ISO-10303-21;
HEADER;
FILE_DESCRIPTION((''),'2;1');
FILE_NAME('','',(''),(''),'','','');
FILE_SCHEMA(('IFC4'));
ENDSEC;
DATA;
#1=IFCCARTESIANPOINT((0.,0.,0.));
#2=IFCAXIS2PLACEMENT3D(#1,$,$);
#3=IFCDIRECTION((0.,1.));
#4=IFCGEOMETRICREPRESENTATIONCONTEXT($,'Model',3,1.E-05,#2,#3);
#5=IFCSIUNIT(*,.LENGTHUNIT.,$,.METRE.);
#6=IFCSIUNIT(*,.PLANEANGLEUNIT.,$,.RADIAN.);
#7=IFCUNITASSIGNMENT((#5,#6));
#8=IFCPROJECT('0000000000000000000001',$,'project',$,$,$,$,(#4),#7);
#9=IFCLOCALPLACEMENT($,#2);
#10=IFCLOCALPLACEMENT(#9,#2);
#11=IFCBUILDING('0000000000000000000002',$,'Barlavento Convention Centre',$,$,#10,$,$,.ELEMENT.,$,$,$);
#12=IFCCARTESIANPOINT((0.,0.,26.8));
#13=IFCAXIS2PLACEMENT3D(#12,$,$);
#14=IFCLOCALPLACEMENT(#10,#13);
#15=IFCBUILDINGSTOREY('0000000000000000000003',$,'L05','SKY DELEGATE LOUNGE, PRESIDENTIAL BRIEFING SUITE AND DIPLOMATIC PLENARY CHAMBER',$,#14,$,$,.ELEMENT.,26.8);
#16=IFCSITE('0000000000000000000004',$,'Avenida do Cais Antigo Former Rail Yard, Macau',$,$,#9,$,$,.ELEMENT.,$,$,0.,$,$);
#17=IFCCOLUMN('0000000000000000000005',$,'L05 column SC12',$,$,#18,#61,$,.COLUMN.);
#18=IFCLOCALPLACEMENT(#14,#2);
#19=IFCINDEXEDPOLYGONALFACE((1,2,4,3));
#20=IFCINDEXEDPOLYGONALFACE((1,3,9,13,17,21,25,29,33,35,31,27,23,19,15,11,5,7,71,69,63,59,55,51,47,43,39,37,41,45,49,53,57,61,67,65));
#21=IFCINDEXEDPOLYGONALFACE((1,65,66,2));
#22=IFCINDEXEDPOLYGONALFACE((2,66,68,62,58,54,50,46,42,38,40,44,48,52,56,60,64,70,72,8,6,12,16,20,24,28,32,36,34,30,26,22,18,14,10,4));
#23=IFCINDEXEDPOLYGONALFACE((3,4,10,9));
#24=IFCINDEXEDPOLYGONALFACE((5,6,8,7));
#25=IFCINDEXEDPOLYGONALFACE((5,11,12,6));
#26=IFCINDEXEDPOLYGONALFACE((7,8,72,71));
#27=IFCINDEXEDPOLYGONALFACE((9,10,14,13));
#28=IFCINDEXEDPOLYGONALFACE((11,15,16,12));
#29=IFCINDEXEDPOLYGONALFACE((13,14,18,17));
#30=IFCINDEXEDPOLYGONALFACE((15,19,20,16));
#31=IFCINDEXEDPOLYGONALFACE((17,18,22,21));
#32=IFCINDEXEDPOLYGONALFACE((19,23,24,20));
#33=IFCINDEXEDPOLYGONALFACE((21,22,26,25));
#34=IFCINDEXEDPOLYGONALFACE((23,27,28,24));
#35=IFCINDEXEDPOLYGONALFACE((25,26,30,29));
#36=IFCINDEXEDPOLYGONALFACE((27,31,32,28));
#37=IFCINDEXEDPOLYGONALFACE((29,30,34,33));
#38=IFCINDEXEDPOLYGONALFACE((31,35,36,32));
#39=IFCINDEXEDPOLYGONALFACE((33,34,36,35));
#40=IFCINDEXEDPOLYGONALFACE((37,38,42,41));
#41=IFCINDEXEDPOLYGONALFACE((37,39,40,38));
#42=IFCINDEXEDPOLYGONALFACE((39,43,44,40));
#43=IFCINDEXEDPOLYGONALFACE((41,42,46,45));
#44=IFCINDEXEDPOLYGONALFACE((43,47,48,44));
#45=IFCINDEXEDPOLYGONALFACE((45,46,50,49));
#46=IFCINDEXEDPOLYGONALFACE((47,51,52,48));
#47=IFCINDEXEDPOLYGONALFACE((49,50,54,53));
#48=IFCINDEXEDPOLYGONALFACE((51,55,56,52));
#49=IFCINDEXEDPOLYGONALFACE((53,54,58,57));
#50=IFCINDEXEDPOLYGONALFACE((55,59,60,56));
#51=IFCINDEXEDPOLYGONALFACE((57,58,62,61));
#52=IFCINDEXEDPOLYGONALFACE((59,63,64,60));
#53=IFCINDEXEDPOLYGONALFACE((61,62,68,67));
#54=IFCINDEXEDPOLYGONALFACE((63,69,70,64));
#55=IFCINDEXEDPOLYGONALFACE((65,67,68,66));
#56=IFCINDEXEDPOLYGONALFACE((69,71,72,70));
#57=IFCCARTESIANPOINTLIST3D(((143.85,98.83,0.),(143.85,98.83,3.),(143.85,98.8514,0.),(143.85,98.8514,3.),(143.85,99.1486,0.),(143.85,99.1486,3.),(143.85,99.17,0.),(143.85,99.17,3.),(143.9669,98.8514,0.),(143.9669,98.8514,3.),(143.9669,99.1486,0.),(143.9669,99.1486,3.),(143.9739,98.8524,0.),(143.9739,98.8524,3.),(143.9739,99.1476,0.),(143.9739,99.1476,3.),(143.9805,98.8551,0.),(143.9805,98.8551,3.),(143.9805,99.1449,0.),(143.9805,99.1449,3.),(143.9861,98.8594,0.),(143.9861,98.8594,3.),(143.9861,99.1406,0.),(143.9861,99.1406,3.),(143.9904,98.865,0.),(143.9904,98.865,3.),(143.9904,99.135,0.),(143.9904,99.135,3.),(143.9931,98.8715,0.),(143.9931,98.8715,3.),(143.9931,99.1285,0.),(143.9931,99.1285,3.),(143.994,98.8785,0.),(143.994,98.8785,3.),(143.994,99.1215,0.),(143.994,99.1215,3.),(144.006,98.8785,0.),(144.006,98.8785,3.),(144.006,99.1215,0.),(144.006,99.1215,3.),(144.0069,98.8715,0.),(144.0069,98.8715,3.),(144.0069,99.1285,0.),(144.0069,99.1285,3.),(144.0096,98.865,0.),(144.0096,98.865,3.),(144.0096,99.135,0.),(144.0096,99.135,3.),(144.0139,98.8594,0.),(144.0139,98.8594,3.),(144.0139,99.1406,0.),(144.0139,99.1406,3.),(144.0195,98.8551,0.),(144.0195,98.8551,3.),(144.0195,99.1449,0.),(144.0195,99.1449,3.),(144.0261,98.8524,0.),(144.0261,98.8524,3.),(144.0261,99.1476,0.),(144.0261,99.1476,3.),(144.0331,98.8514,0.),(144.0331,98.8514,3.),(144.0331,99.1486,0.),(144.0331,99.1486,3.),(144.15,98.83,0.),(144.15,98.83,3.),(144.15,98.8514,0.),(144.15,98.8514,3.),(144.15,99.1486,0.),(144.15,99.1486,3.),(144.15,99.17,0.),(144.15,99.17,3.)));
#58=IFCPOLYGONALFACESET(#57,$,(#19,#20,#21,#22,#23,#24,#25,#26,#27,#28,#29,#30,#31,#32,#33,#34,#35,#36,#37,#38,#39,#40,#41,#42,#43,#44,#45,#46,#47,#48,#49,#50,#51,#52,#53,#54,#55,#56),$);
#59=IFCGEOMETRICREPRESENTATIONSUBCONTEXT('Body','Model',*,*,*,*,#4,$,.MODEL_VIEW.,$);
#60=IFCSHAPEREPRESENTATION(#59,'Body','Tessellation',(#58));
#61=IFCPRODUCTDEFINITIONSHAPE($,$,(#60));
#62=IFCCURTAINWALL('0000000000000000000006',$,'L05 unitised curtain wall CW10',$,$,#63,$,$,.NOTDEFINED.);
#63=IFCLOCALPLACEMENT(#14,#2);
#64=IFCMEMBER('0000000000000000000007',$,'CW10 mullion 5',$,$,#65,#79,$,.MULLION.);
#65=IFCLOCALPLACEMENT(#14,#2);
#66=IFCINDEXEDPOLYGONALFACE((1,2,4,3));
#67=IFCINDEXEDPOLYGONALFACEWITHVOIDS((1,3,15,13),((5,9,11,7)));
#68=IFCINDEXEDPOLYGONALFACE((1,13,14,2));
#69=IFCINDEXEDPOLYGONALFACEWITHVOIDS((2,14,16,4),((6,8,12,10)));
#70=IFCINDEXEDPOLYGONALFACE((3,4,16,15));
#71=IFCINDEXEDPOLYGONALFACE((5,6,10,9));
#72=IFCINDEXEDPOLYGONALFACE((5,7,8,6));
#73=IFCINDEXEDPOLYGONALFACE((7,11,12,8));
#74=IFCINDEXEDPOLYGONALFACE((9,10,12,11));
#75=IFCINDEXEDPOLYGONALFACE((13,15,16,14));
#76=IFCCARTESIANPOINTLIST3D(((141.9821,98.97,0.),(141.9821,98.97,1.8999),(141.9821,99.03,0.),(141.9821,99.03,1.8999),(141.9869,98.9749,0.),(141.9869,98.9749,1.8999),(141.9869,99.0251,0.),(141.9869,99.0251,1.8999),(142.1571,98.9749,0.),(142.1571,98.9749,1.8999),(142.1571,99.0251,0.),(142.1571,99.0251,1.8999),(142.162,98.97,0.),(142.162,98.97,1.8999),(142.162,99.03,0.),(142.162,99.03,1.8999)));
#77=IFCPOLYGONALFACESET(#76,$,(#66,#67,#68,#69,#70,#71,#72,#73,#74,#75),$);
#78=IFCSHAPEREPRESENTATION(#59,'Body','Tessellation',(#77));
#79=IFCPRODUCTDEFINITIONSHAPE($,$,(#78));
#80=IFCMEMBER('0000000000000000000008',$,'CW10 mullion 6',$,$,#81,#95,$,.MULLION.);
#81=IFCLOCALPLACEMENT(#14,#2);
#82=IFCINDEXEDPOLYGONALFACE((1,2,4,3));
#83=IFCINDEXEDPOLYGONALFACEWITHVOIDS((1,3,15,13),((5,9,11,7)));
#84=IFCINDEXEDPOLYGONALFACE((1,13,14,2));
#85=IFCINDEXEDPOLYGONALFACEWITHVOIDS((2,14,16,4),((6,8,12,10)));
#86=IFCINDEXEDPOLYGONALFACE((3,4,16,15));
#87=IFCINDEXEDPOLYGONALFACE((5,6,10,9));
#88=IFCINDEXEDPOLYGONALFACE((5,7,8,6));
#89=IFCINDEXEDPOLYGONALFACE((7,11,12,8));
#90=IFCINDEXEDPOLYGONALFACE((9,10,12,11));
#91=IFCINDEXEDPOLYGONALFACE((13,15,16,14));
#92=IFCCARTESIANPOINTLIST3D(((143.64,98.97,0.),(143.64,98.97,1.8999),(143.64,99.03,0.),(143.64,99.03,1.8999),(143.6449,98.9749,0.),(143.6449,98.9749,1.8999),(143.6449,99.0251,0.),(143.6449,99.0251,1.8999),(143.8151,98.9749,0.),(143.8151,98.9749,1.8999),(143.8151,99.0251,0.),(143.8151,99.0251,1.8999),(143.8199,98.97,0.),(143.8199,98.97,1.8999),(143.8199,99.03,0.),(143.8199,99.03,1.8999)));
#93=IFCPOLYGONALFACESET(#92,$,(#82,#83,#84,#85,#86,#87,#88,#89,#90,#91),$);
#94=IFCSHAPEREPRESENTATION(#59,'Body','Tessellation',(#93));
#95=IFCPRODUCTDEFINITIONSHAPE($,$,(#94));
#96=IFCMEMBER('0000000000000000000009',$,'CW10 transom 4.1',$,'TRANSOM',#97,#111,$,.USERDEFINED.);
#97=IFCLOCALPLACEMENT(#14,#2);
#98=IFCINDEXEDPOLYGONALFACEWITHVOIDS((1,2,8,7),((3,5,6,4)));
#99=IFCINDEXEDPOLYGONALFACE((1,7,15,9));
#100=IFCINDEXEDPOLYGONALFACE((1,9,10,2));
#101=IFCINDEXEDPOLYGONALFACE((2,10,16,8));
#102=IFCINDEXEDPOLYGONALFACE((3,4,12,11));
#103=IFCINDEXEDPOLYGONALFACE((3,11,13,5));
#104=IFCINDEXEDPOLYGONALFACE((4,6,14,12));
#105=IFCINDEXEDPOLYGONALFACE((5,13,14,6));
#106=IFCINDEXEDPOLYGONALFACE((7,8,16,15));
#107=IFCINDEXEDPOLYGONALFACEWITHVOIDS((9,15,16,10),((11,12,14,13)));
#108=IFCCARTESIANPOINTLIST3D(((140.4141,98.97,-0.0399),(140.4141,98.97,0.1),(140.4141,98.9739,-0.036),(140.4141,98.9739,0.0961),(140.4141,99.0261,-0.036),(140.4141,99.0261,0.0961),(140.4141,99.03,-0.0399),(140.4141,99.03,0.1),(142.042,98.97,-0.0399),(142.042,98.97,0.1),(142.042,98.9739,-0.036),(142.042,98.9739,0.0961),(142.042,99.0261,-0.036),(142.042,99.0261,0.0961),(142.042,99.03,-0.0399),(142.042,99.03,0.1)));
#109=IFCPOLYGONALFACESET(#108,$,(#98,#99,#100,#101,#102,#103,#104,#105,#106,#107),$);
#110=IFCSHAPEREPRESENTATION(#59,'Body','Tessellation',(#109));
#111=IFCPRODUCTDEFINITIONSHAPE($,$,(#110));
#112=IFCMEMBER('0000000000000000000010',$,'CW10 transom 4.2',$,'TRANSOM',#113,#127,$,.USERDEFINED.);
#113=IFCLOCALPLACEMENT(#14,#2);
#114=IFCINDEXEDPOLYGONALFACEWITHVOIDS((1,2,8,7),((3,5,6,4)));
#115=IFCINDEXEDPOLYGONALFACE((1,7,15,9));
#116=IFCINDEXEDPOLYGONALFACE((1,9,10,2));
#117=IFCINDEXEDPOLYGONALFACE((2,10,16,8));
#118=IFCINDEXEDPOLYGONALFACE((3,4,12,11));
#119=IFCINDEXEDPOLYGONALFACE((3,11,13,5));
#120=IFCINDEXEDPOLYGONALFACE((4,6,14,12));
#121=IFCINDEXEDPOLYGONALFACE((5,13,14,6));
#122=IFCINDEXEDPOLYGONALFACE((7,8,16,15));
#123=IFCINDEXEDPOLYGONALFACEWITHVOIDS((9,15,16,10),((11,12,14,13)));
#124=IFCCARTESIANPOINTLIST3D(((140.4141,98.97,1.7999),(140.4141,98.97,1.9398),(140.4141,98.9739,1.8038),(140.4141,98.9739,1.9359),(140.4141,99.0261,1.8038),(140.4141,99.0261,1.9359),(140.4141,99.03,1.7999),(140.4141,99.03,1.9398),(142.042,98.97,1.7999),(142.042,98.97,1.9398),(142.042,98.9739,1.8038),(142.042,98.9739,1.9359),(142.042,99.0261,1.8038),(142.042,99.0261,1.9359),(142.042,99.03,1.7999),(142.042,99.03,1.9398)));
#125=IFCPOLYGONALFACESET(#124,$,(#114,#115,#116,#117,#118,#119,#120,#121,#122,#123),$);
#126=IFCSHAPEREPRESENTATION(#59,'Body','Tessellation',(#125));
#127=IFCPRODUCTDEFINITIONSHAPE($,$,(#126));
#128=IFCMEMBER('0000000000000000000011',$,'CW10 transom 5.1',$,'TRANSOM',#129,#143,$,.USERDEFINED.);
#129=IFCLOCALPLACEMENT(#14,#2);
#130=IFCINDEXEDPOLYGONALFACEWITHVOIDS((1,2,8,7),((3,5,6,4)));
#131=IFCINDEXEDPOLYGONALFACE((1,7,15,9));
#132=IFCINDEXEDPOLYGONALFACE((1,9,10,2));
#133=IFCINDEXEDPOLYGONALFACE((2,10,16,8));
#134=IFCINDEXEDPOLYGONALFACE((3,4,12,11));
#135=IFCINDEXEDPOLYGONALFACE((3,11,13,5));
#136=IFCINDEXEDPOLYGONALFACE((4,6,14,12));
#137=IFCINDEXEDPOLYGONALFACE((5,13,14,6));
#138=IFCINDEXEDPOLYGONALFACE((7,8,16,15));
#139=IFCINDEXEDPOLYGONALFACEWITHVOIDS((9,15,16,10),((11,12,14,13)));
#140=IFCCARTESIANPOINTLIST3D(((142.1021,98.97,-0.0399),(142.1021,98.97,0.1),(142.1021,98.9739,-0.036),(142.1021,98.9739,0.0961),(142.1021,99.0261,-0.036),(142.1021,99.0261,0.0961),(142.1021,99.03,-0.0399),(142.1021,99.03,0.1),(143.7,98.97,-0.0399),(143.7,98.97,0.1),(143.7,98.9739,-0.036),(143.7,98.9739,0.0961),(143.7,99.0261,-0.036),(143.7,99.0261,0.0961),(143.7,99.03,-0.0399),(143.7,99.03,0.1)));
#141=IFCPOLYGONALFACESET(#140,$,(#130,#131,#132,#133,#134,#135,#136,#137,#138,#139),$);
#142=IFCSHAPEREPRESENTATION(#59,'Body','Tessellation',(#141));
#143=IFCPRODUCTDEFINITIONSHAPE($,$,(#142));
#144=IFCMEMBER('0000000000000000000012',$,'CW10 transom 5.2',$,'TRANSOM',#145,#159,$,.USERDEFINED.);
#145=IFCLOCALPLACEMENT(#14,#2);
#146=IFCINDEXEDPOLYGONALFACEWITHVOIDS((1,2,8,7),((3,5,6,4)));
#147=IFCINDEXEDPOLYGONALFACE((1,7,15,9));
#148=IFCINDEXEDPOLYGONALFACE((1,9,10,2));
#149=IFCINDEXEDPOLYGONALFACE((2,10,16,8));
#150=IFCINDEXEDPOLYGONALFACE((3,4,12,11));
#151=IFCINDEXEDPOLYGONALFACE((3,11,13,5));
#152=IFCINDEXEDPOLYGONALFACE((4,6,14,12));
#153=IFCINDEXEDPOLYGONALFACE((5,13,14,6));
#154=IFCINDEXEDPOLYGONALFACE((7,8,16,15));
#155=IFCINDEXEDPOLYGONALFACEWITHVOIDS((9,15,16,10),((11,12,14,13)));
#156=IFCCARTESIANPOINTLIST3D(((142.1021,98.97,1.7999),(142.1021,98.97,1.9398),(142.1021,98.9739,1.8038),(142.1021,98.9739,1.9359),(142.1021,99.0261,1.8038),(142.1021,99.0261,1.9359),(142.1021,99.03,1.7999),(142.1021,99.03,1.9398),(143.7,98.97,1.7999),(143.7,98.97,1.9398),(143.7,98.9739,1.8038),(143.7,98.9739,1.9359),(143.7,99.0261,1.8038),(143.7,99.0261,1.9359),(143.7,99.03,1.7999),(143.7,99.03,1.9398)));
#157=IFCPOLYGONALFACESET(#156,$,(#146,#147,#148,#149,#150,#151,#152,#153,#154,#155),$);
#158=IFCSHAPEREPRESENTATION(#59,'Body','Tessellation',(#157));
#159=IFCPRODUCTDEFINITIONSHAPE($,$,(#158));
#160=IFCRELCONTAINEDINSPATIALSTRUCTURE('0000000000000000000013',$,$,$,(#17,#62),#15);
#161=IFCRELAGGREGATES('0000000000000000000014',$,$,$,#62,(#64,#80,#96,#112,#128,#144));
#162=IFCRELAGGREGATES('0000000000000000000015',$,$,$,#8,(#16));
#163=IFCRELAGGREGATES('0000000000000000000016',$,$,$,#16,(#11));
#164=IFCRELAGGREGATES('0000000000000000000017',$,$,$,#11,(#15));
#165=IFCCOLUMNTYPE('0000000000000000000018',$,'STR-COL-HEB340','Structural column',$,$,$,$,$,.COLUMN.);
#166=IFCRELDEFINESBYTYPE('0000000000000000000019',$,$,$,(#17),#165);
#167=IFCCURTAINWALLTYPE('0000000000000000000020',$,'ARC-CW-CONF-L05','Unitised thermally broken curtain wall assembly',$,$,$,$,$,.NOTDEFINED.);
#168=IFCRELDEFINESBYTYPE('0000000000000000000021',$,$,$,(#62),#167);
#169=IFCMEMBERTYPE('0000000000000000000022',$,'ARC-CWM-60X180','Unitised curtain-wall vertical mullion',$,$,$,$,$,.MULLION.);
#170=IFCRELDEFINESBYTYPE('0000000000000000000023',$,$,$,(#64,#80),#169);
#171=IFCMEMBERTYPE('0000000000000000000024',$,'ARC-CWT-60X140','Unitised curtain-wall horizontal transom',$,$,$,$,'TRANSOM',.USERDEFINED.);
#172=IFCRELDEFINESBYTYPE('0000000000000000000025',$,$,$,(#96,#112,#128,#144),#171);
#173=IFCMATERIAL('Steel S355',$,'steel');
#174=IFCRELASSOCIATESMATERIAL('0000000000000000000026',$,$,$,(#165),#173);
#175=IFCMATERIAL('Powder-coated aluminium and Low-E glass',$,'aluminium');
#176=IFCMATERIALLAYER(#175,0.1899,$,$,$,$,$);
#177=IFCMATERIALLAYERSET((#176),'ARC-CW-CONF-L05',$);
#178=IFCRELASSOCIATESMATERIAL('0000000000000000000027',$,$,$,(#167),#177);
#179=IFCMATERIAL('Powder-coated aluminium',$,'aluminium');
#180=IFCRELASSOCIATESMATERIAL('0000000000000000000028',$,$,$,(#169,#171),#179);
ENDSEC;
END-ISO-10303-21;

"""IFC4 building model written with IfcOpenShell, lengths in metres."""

from ifc_helpers import new_model, si_unit, direction, frame, origin, origin_2d, place, context, subcontext, project, spatial, hollow_rectangle, i_section, extrude, material, layer, layer_set, material_profile, profile_set, type_object, element, aggregate, save


model = new_model("IFC4")

# Units and contexts
model_context = context("Model", 3, precision=1e-05, world=origin(), true_north=direction((0.0, 1.0)))
body_context = subcontext(model_context, "Body", "Model", "MODEL_VIEW")
ifc_project = project(units=[si_unit("LENGTHUNIT", "METRE"), si_unit("PLANEANGLEUNIT", "RADIAN")], contexts=[model_context])

# Site, building, storey
site_placement = place(None, origin())
site = spatial("IfcSite", under=ifc_project, at=site_placement, Name="Avenida do Cais Antigo Former Rail Yard, Macau", CompositionType="ELEMENT", RefElevation=0.0)
building_placement = place(site_placement, origin())
building = spatial("IfcBuilding", under=site, at=building_placement, Name="Barlavento Convention Centre", CompositionType="ELEMENT")
storey_placement = place(building_placement, frame((0.0, 0.0, 26.8)))
storey = spatial("IfcBuildingStorey", under=building, at=storey_placement, Name="L05", Description="SKY DELEGATE LOUNGE, PRESIDENTIAL BRIEFING SUITE AND DIPLOMATIC PLENARY CHAMBER", CompositionType="ELEMENT", Elevation=26.8)

# Column
ifc_material_1 = material(Name="Steel S355", Category="steel")
ifc_material_profile_1 = material_profile(ifc_material_1, i_section(OverallWidth=0.3, OverallDepth=0.3401, WebThickness=0.012, FlangeThickness=0.0215, FilletRadius=0.0271, at=origin_2d()), Name="HEB 340")
ifc_profile_set_1 = profile_set([ifc_material_profile_1], Name="Steel S355")
column_type = type_object("IfcColumnType", Name="STR-COL-HEB340", Description="Structural column", PredefinedType="COLUMN", material=ifc_profile_set_1)
column_placement = place(storey_placement, frame((144.0, 99.0, 0.0), z_axis=(0.0, 0.0, 1.0), x_axis=(1.0, 0.0, 0.0)))
element("IfcColumn", 1, at=column_placement, inside=storey, type_object=column_type, Name="L05 column SC12", PredefinedType="COLUMN", context=body_context, shape_type="SweptSolid", body=[
    extrude(i_section(OverallWidth=0.3, OverallDepth=0.3401, WebThickness=0.012, FlangeThickness=0.0215, FilletRadius=0.0271, at=origin_2d()), origin(), (0.0, 0.0, 1.0), 3.0),
])

# Curtain wall, members
ifc_material_2 = material(Name="Powder-coated aluminium and Low-E glass", Category="aluminium")
ifc_layer_1 = layer(ifc_material_2, 0.1899)
ifc_layer_set_1 = layer_set([ifc_layer_1], Name="ARC-CW-CONF-L05")
curtain_wall_type = type_object("IfcCurtainWallType", Name="ARC-CW-CONF-L05", Description="Unitised thermally broken curtain wall assembly", PredefinedType="NOTDEFINED", material=ifc_layer_set_1)
curtain_wall_placement = place(storey_placement, origin())
curtain_wall = element("IfcCurtainWall", 2, at=curtain_wall_placement, inside=storey, type_object=curtain_wall_type, Name="L05 unitised curtain wall CW10", PredefinedType="NOTDEFINED")
ifc_material_3 = material(Name="Powder-coated aluminium", Category="aluminium")
ifc_material_profile_2 = material_profile(ifc_material_3, hollow_rectangle(XDim=0.0601, YDim=0.1799, WallThickness=0.0049, at=origin_2d()), Name="AL-MULL 60x180x5")
ifc_profile_set_2 = profile_set([ifc_material_profile_2], Name="Powder-coated aluminium")
member_type_1 = type_object("IfcMemberType", Name="ARC-CWM-60X180", Description="Unitised curtain-wall vertical mullion", PredefinedType="MULLION", material=ifc_profile_set_2)
member_1_placement = place(storey_placement, frame((142.072, 99.0, 0.0), z_axis=(0.0, 0.0, 1.0), x_axis=(0.0, 1.0, 0.0)))
member_1 = element("IfcMember", 3, at=member_1_placement, type_object=member_type_1, Name="CW10 mullion 5", PredefinedType="MULLION", context=body_context, shape_type="SweptSolid", body=[
    extrude(hollow_rectangle(XDim=0.0601, YDim=0.1799, WallThickness=0.0049, at=origin_2d()), origin(), (0.0, 0.0, 1.0), 1.8999),
])
member_2_placement = place(storey_placement, frame((143.73, 99.0, 0.0), z_axis=(0.0, 0.0, 1.0), x_axis=(0.0, 1.0, 0.0)))
member_2 = element("IfcMember", 4, at=member_2_placement, type_object=member_type_1, Name="CW10 mullion 6", PredefinedType="MULLION", context=body_context, shape_type="SweptSolid", body=[
    extrude(hollow_rectangle(XDim=0.0601, YDim=0.1799, WallThickness=0.0049, at=origin_2d()), origin(), (0.0, 0.0, 1.0), 1.8999),
])
ifc_material_profile_3 = material_profile(ifc_material_3, hollow_rectangle(XDim=0.0601, YDim=0.1399, WallThickness=0.0039, at=origin_2d()), Name="AL-TRAN 60x140x4")
ifc_profile_set_3 = profile_set([ifc_material_profile_3], Name="Powder-coated aluminium")
member_type_2 = type_object("IfcMemberType", Name="ARC-CWT-60X140", Description="Unitised curtain-wall horizontal transom", ElementType="TRANSOM", PredefinedType="USERDEFINED", material=ifc_profile_set_3)
member_3_placement = place(storey_placement, frame((140.4141, 99.0, 0.03), z_axis=(1.0, 0.0, 0.0), x_axis=(0.0, 1.0, 0.0)))
member_3 = element("IfcMember", 5, at=member_3_placement, type_object=member_type_2, Name="CW10 transom 4.1", ObjectType="TRANSOM", PredefinedType="USERDEFINED", context=body_context, shape_type="SweptSolid", body=[
    extrude(hollow_rectangle(XDim=0.0601, YDim=0.1399, WallThickness=0.0039, at=origin_2d()), origin(), (0.0, 0.0, 1.0), 1.6279),
])
member_4_placement = place(storey_placement, frame((140.4141, 99.0, 1.8699), z_axis=(1.0, 0.0, 0.0), x_axis=(0.0, 1.0, 0.0)))
member_4 = element("IfcMember", 6, at=member_4_placement, type_object=member_type_2, Name="CW10 transom 4.2", ObjectType="TRANSOM", PredefinedType="USERDEFINED", context=body_context, shape_type="SweptSolid", body=[
    extrude(hollow_rectangle(XDim=0.0601, YDim=0.1399, WallThickness=0.0039, at=origin_2d()), origin(), (0.0, 0.0, 1.0), 1.6279),
])
member_5_placement = place(storey_placement, frame((142.1021, 99.0, 0.03), z_axis=(1.0, 0.0, 0.0), x_axis=(0.0, 1.0, 0.0)))
member_5 = element("IfcMember", 7, at=member_5_placement, type_object=member_type_2, Name="CW10 transom 5.1", ObjectType="TRANSOM", PredefinedType="USERDEFINED", context=body_context, shape_type="SweptSolid", body=[
    extrude(hollow_rectangle(XDim=0.0601, YDim=0.1399, WallThickness=0.0039, at=origin_2d()), origin(), (0.0, 0.0, 1.0), 1.5979),
])
member_6_placement = place(storey_placement, frame((142.1021, 99.0, 1.8699), z_axis=(1.0, 0.0, 0.0), x_axis=(0.0, 1.0, 0.0)))
member_6 = element("IfcMember", 8, at=member_6_placement, type_object=member_type_2, Name="CW10 transom 5.2", ObjectType="TRANSOM", PredefinedType="USERDEFINED", context=body_context, shape_type="SweptSolid", body=[
    extrude(hollow_rectangle(XDim=0.0601, YDim=0.1399, WallThickness=0.0039, at=origin_2d()), origin(), (0.0, 0.0, 1.0), 1.5979),
])

aggregate(curtain_wall, [member_1, member_2, member_3, member_4, member_5, member_6])

save(model, "model.ifc")
